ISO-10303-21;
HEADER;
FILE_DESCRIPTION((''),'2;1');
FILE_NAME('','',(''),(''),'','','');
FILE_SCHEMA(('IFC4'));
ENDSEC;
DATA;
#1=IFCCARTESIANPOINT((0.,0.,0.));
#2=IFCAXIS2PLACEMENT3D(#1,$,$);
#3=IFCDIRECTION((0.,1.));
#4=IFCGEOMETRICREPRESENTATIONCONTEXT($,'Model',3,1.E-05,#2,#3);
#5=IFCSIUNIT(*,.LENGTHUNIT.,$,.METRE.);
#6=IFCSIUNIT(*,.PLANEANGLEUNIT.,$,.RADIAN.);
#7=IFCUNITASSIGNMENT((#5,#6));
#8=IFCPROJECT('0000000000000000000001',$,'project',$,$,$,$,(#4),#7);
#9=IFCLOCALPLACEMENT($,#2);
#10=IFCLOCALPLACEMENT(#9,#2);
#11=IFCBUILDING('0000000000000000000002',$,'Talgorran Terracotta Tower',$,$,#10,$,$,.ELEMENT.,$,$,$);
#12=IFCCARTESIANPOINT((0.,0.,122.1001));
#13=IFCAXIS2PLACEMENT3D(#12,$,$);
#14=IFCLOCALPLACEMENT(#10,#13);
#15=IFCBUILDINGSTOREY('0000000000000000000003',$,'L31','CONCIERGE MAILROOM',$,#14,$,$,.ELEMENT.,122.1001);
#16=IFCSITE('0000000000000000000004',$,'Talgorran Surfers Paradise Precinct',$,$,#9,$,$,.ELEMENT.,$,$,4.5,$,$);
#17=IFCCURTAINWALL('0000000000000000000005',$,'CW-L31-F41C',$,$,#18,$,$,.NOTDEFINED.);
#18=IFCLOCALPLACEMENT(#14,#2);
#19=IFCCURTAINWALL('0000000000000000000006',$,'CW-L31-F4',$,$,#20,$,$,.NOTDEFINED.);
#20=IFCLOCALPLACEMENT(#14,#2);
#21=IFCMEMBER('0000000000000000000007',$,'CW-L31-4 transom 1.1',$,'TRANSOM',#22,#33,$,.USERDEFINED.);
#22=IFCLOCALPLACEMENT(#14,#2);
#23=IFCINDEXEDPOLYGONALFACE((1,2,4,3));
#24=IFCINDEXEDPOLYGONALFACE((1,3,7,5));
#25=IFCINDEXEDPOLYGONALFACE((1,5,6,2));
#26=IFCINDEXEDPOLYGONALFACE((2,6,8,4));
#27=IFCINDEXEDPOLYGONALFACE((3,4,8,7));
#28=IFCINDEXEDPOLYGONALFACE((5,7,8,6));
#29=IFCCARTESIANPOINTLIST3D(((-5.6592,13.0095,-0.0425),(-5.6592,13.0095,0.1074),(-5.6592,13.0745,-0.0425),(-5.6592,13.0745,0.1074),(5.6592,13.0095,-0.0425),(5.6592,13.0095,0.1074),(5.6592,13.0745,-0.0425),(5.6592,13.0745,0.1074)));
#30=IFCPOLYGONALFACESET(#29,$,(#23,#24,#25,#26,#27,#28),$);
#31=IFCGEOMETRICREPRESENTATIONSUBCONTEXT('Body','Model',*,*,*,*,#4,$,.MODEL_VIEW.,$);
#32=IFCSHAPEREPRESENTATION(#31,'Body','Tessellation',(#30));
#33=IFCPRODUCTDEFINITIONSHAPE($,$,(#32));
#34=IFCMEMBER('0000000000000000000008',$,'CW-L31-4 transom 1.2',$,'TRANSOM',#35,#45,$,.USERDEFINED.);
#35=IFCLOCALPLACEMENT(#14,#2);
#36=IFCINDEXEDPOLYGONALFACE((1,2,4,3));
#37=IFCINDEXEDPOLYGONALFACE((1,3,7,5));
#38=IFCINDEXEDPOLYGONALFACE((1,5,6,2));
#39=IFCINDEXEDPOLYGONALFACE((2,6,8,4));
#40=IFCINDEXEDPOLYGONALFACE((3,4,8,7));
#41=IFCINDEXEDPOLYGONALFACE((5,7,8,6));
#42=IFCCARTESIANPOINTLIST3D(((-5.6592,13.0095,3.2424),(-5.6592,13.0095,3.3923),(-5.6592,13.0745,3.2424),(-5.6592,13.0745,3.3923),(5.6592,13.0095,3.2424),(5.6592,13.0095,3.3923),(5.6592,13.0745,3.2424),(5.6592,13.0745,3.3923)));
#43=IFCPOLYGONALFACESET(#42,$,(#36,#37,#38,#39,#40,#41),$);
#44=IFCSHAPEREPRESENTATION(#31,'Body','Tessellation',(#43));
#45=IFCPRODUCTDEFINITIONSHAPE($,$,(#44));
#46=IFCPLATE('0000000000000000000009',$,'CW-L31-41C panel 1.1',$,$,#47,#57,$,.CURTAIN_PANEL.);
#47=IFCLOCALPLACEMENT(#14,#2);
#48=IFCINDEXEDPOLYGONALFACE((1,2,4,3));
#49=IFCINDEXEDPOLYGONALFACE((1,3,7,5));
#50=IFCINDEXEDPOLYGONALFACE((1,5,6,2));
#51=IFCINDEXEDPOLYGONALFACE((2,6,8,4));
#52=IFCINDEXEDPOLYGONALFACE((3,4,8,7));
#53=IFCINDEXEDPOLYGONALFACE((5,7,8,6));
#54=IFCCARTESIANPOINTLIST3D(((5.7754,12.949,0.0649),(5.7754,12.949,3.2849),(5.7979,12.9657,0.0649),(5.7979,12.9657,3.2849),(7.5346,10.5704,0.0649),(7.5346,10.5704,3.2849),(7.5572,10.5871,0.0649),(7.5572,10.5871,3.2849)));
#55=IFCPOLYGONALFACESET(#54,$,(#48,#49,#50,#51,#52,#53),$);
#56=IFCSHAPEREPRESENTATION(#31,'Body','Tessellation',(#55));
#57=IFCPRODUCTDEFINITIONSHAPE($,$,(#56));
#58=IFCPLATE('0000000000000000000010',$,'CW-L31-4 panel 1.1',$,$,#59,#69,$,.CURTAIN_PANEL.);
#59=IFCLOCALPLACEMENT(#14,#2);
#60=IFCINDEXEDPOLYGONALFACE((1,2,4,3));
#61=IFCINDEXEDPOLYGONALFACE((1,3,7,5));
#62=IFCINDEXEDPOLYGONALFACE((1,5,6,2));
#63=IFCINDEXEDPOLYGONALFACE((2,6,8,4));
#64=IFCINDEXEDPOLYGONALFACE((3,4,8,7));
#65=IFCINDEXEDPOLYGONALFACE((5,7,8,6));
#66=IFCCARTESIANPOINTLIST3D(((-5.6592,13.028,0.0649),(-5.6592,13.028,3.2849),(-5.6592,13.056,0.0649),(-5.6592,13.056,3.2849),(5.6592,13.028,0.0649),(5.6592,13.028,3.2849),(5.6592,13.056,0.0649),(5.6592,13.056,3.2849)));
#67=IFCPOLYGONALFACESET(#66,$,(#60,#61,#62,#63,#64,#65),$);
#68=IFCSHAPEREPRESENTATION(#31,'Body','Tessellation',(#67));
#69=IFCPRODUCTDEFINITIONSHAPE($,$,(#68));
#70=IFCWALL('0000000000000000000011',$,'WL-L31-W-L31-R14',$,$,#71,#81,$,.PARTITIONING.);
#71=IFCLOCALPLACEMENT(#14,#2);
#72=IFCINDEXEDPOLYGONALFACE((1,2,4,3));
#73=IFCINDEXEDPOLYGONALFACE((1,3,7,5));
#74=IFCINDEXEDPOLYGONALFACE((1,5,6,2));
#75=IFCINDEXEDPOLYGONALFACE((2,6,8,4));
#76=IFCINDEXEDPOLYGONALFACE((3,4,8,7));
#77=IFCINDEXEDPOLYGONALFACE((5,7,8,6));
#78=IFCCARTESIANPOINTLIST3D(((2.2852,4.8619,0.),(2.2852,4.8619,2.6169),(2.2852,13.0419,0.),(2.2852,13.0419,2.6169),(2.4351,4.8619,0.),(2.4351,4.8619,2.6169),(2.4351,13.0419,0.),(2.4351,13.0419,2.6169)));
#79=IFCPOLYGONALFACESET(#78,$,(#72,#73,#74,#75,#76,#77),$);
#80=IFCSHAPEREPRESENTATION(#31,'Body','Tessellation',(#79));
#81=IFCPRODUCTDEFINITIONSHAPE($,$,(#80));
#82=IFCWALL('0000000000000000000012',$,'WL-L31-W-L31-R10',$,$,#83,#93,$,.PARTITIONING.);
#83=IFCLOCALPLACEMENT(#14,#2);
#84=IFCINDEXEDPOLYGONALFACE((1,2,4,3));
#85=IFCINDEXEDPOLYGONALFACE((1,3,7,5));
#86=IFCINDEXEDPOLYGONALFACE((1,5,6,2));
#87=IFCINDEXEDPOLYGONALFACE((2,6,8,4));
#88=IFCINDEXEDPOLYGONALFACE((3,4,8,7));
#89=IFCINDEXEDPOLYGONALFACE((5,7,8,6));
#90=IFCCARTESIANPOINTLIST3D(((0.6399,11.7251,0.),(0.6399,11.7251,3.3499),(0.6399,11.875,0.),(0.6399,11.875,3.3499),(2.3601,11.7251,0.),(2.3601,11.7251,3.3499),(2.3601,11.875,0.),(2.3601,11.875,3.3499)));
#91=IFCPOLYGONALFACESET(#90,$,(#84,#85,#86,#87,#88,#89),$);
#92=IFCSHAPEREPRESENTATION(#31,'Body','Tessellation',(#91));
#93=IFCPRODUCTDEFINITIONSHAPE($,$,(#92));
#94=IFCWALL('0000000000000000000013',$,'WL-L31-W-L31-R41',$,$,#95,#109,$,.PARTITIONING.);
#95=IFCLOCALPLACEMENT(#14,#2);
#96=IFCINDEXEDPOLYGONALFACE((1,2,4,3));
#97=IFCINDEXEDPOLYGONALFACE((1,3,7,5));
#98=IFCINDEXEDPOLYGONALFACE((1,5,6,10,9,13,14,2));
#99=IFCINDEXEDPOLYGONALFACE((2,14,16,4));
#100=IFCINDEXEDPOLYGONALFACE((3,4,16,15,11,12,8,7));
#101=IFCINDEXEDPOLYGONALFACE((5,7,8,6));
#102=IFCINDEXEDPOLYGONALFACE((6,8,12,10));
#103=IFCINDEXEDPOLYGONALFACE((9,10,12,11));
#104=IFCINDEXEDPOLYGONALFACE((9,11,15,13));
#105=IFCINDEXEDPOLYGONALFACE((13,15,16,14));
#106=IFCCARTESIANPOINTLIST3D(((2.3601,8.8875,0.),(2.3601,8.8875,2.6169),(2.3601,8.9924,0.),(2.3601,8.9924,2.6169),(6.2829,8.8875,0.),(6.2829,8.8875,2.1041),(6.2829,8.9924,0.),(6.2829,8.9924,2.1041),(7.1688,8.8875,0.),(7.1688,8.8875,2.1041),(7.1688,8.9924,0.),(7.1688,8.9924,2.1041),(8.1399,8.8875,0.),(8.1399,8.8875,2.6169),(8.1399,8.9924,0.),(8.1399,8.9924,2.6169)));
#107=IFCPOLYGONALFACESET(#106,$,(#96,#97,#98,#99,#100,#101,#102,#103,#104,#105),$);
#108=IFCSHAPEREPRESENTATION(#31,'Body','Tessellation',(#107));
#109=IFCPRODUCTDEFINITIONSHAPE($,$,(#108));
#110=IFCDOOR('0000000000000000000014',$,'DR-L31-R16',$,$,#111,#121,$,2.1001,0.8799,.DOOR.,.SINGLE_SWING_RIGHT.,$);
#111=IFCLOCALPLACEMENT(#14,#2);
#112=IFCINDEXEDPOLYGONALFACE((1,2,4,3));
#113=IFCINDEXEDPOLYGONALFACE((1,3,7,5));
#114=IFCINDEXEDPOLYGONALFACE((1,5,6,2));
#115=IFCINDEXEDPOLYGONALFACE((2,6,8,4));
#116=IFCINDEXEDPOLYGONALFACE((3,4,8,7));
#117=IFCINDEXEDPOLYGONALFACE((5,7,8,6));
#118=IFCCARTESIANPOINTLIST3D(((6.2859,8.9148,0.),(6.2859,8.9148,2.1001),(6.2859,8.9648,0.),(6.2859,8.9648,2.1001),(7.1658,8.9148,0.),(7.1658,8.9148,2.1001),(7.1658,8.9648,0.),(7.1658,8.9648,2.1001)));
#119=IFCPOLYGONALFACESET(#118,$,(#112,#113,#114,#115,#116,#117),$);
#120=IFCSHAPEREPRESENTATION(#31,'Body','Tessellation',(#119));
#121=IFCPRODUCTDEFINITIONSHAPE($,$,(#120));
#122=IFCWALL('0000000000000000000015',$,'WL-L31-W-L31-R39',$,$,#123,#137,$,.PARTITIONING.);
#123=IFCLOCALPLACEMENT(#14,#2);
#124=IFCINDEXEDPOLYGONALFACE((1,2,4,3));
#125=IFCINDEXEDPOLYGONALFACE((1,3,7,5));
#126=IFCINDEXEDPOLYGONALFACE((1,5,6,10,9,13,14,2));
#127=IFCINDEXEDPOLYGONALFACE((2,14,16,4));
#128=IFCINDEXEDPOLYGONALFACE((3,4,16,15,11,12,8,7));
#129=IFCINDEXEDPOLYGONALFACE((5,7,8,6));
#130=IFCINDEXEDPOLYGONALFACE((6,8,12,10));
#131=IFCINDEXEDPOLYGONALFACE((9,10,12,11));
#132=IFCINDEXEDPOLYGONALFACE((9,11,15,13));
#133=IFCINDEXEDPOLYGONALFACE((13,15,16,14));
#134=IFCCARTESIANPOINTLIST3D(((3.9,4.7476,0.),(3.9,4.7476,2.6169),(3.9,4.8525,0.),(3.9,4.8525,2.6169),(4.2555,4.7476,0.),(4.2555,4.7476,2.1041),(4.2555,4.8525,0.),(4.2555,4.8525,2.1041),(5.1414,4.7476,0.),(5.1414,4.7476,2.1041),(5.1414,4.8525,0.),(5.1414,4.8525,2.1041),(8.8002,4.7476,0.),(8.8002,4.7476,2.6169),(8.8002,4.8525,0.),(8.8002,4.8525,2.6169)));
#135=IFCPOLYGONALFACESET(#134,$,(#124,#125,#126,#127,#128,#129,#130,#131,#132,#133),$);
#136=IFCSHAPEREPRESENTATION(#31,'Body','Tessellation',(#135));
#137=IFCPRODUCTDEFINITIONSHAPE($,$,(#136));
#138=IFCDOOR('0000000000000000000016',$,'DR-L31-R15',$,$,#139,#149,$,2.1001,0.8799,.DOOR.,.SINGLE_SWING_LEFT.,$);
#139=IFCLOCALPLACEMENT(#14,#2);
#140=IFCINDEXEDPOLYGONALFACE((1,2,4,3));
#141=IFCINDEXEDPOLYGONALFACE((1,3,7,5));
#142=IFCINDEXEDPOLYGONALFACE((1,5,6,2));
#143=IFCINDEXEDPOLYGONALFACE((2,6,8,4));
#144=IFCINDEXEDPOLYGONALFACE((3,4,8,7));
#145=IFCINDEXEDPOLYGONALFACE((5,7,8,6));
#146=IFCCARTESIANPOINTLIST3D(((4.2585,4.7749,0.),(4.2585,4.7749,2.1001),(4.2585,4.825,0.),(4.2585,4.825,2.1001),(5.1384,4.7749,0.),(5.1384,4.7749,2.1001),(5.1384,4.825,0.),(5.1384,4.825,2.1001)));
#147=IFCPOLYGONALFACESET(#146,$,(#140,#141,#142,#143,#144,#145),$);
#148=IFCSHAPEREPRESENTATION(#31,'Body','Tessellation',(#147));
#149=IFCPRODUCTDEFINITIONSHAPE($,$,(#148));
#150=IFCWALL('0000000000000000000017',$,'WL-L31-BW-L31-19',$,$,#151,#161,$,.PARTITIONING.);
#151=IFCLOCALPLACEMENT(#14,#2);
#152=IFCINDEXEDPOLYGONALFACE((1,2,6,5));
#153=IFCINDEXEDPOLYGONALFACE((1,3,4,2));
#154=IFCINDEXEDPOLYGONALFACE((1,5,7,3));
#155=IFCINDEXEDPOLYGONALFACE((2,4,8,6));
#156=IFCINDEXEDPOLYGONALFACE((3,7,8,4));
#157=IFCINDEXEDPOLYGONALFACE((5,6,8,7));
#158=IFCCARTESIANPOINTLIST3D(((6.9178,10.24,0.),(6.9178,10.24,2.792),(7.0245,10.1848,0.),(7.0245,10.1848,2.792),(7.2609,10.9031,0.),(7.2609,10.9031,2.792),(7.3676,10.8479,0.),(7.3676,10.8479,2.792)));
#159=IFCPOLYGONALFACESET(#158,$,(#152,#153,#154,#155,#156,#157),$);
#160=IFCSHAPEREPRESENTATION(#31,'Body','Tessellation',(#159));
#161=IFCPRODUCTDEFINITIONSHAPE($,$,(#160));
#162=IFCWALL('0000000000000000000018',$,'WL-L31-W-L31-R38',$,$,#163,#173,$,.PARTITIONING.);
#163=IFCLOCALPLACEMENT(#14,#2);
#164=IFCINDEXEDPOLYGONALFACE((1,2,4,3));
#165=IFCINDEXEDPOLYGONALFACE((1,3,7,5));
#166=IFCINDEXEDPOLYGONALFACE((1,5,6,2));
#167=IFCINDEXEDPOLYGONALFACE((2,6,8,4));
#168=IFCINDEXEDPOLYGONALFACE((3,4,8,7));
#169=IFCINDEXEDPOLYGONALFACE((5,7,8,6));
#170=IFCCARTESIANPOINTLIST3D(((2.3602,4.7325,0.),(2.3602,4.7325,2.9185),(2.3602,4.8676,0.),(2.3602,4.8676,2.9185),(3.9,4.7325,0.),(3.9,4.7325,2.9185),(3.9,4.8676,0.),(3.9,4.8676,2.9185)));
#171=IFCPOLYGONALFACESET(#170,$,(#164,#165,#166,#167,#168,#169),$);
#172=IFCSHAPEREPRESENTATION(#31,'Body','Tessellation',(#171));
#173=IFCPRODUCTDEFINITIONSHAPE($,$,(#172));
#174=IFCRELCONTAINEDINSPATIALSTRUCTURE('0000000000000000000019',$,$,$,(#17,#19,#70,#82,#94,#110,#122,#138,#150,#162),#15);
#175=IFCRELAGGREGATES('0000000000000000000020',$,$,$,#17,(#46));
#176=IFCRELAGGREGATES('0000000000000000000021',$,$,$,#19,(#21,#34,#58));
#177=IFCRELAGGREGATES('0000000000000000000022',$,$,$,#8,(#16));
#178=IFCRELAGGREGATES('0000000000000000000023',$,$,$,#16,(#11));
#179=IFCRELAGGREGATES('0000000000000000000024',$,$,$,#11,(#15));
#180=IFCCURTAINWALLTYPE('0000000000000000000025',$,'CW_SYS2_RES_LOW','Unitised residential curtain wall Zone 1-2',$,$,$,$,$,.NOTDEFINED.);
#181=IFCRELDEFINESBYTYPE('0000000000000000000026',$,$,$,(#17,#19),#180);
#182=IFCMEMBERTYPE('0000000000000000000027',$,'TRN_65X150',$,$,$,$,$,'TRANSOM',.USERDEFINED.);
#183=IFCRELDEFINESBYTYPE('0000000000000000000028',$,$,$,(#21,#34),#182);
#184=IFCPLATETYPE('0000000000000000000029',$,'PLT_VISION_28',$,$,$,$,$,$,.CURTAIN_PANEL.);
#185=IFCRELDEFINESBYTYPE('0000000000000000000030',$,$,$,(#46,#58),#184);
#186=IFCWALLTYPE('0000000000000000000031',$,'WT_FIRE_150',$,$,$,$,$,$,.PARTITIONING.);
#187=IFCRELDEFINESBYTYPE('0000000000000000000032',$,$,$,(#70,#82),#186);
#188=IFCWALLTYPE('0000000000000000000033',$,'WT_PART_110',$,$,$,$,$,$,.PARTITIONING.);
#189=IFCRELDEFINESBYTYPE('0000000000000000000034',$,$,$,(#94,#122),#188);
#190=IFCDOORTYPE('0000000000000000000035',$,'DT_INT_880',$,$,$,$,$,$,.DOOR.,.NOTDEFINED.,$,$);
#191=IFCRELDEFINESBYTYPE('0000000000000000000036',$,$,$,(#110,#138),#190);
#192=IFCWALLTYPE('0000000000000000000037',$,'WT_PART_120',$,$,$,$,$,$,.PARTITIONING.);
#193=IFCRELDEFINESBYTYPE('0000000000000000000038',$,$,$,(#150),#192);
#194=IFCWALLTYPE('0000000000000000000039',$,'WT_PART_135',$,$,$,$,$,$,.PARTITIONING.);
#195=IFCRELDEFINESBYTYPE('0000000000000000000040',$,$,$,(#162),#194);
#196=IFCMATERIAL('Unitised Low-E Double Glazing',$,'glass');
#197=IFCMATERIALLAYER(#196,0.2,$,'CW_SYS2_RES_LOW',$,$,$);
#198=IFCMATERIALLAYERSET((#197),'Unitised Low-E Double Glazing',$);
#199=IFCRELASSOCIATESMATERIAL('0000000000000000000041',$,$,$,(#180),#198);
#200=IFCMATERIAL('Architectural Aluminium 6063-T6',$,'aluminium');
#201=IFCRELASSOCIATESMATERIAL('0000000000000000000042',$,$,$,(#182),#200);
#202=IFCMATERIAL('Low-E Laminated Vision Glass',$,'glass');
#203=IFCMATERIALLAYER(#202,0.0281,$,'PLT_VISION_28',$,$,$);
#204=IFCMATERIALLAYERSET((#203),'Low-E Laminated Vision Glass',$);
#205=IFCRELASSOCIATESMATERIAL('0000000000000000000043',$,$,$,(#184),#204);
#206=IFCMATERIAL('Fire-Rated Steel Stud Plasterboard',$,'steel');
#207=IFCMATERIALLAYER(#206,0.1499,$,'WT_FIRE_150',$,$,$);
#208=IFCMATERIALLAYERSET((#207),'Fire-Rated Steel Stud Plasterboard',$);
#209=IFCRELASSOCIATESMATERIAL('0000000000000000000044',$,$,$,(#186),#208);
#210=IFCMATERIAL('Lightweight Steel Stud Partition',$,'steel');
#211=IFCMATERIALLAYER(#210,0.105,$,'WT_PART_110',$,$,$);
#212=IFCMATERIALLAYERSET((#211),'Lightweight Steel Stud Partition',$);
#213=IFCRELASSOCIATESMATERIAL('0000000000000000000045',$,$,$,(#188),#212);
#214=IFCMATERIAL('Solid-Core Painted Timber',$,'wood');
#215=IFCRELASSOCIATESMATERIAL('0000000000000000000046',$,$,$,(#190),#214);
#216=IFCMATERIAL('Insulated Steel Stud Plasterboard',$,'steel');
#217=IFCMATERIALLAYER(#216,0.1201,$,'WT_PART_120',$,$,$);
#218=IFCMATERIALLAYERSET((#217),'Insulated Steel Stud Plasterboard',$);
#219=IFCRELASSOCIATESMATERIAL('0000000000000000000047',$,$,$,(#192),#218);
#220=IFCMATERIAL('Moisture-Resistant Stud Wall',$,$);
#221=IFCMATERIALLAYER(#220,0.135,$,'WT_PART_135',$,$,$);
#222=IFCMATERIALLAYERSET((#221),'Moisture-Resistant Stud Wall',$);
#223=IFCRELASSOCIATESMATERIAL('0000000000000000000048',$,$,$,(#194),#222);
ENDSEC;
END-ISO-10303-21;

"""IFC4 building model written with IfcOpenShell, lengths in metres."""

from ifc_helpers import new_model, si_unit, direction, frame, frame_2d, origin, origin_2d, place, context, subcontext, project, spatial, rectangle, extrude, source, transform, mapped, material, layer, layer_set, material_profile, profile_set, type_object, type_shapes, element, fill, aggregate, save


model = new_model("IFC4")

# Units and contexts
model_context = context("Model", 3, precision=1e-05, world=origin(), true_north=direction((0.0, 1.0)))
body_context = subcontext(model_context, "Body", "Model", "MODEL_VIEW")
ifc_project = project(units=[si_unit("LENGTHUNIT", "METRE"), si_unit("PLANEANGLEUNIT", "RADIAN")], contexts=[model_context])

# Site, building, storey
site_placement = place(None, origin())
site = spatial("IfcSite", under=ifc_project, at=site_placement, Name="Talgorran Surfers Paradise Precinct", CompositionType="ELEMENT", RefElevation=4.5)
building_placement = place(site_placement, origin())
building = spatial("IfcBuilding", under=site, at=building_placement, Name="Talgorran Terracotta Tower", CompositionType="ELEMENT")
storey_placement = place(building_placement, frame((0.0, 0.0, 122.1001)))
storey = spatial("IfcBuildingStorey", under=building, at=storey_placement, Name="L31", Description="CONCIERGE MAILROOM", CompositionType="ELEMENT", Elevation=122.1001)

# Curtain wall
ifc_material_1 = material(Name="Unitised Low-E Double Glazing", Category="glass")
ifc_layer_1 = layer(ifc_material_1, 0.2, Name="CW_SYS2_RES_LOW")
ifc_layer_set_1 = layer_set([ifc_layer_1], Name="Unitised Low-E Double Glazing")
curtain_wall_type = type_object("IfcCurtainWallType", Name="CW_SYS2_RES_LOW", Description="Unitised residential curtain wall Zone 1-2", PredefinedType="NOTDEFINED", material=ifc_layer_set_1)
curtain_wall_1_placement = place(storey_placement, origin())
curtain_wall_1 = element("IfcCurtainWall", 1, at=curtain_wall_1_placement, inside=storey, type_object=curtain_wall_type, Name="CW-L31-F41C", PredefinedType="NOTDEFINED")
ifc_material_2 = material(Name="Architectural Aluminium 6063-T6", Category="aluminium")

# Curtain wall, members
curtain_wall_2_placement = place(storey_placement, origin())
curtain_wall_2 = element("IfcCurtainWall", 2, at=curtain_wall_2_placement, inside=storey, type_object=curtain_wall_type, Name="CW-L31-F4", PredefinedType="NOTDEFINED")
ifc_material_profile_1 = material_profile(ifc_material_2, rectangle(XDim=0.0649, YDim=0.1499, at=origin_2d()), Name="CWT65X150")
ifc_profile_set_1 = profile_set([ifc_material_profile_1], Name="Architectural Aluminium 6063-T6")
member_type_1 = type_object("IfcMemberType", Name="TRN_65X150", ElementType="TRANSOM", PredefinedType="USERDEFINED", material=ifc_profile_set_1)
member_1_placement = place(storey_placement, frame((5.6592, 13.042, 0.0325), z_axis=(-1.0, 0.0, 0.0), x_axis=(0.0, -1.0, 0.0)))
member_1 = element("IfcMember", 3, at=member_1_placement, type_object=member_type_1, Name="CW-L31-4 transom 1.1", ObjectType="TRANSOM", PredefinedType="USERDEFINED", context=body_context, shape_type="SweptSolid", body=[
    extrude(rectangle(XDim=0.0649, YDim=0.1499, at=origin_2d()), origin(), (0.0, 0.0, 1.0), 11.3184),
])
member_2_placement = place(storey_placement, frame((5.6592, 13.042, 3.3174), z_axis=(-1.0, 0.0, 0.0), x_axis=(0.0, -1.0, 0.0)))
member_2 = element("IfcMember", 4, at=member_2_placement, type_object=member_type_1, Name="CW-L31-4 transom 1.2", ObjectType="TRANSOM", PredefinedType="USERDEFINED", context=body_context, shape_type="SweptSolid", body=[
    extrude(rectangle(XDim=0.0649, YDim=0.1499, at=origin_2d()), origin(), (0.0, 0.0, 1.0), 11.3184),
])

# Plates
ifc_material_3 = material(Name="Low-E Laminated Vision Glass", Category="glass")
ifc_layer_2 = layer(ifc_material_3, 0.0281, Name="PLT_VISION_28")
ifc_layer_set_2 = layer_set([ifc_layer_2], Name="Low-E Laminated Vision Glass")
plate_type = type_object("IfcPlateType", Name="PLT_VISION_28", PredefinedType="CURTAIN_PANEL", material=ifc_layer_set_2)
shared_shape_1 = source(origin(), body_context, "Body", "SweptSolid", [
    extrude(rectangle(XDim=2.9585, YDim=0.0281, at=origin_2d()), origin(), (0.0, 0.0, 1.0), 3.22),
])
plate_1_placement = place(storey_placement, frame((6.6663, 11.7681, 0.0649), z_axis=(0.0, 0.0, 1.0), x_axis=(-0.59464, 0.803992, 0.0)))
plate_1 = element("IfcPlate", 5, at=plate_1_placement, type_object=plate_type, Name="CW-L31-41C panel 1.1", PredefinedType="CURTAIN_PANEL", context=body_context, shape_type="MappedRepresentation", body=[
    mapped(shared_shape_1, transform((0.0, 0.0, 0.0), scale=1.0)),
])
aggregate(curtain_wall_1, [plate_1])
shared_shape_2 = source(origin(), body_context, "Body", "SweptSolid", [
    extrude(rectangle(XDim=11.3184, YDim=0.0281, at=origin_2d()), origin(), (0.0, 0.0, 1.0), 3.22),
])
type_shapes(plate_type, [shared_shape_1, shared_shape_2])
plate_2_placement = place(storey_placement, frame((0.0, 13.042, 0.0649), z_axis=(0.0, 0.0, 1.0), x_axis=(-1.0, 0.0, 0.0)))
plate_2 = element("IfcPlate", 6, at=plate_2_placement, type_object=plate_type, Name="CW-L31-4 panel 1.1", PredefinedType="CURTAIN_PANEL", context=body_context, shape_type="MappedRepresentation", body=[
    mapped(shared_shape_2, transform((0.0, 0.0, 0.0), scale=1.0)),
])
aggregate(curtain_wall_2, [member_1, member_2, plate_2])

# Walls
ifc_material_4 = material(Name="Fire-Rated Steel Stud Plasterboard", Category="steel")
ifc_layer_3 = layer(ifc_material_4, 0.1499, Name="WT_FIRE_150")
ifc_layer_set_3 = layer_set([ifc_layer_3], Name="Fire-Rated Steel Stud Plasterboard")
wall_type_1 = type_object("IfcWallType", Name="WT_FIRE_150", PredefinedType="PARTITIONING", material=ifc_layer_set_3)
wall_1_placement = place(storey_placement, frame((2.3601, 4.8621, 0.0), z_axis=(0.0, 0.0, 1.0), x_axis=(0.0, 1.0, 0.0)))
element("IfcWall", 7, at=wall_1_placement, inside=storey, type_object=wall_type_1, Name="WL-L31-W-L31-R14", PredefinedType="PARTITIONING", context=body_context, shape_type="SweptSolid", body=[
    extrude(rectangle(XDim=8.1799, YDim=0.1499, at=frame_2d((4.0898, 0.0))), origin(), (0.0, 0.0, 1.0), 2.6169),
])
wall_2_placement = place(storey_placement, frame((0.6399, 11.8, 0.0), z_axis=(0.0, 0.0, 1.0), x_axis=(1.0, 0.0, 0.0)))
element("IfcWall", 8, at=wall_2_placement, inside=storey, type_object=wall_type_1, Name="WL-L31-W-L31-R10", PredefinedType="PARTITIONING", context=body_context, shape_type="SweptSolid", body=[
    extrude(rectangle(XDim=1.7202, YDim=0.1499, at=frame_2d((0.8601, 0.0))), origin(), (0.0, 0.0, 1.0), 3.3499),
])

# Walls, openings, doors
ifc_material_5 = material(Name="Lightweight Steel Stud Partition", Category="steel")
ifc_layer_4 = layer(ifc_material_5, 0.105, Name="WT_PART_110")
ifc_layer_set_4 = layer_set([ifc_layer_4], Name="Lightweight Steel Stud Partition")
wall_type_2 = type_object("IfcWallType", Name="WT_PART_110", PredefinedType="PARTITIONING", material=ifc_layer_set_4)
wall_3_placement = place(storey_placement, frame((2.3601, 8.9399, 0.0), z_axis=(0.0, 0.0, 1.0), x_axis=(1.0, 0.0, 0.0)))
wall_3 = element("IfcWall", 9, at=wall_3_placement, inside=storey, type_object=wall_type_2, Name="WL-L31-W-L31-R41", PredefinedType="PARTITIONING", context=body_context, shape_type="SweptSolid", body=[
    extrude(rectangle(XDim=5.7798, YDim=0.105, at=frame_2d((2.8899, 0.0))), origin(), (0.0, 0.0, 1.0), 2.6169),
])
opening_1_placement = place(wall_3_placement, frame((3.9258, 0.0, 0.0)))
opening_1 = element("IfcOpeningElement", 10, at=opening_1_placement, cuts=wall_3, PredefinedType="OPENING", context=body_context, shape_type="SweptSolid", body=[
    extrude(rectangle(XDim=0.8859, YDim=2.1041, at=frame_2d((0.4399, 1.052))), frame((0.0, 0.0625, 0.0), z_axis=(0.0, -1.0, 0.0), x_axis=(1.0, 0.0, 0.0)), (0.0, 0.0, 1.0), 0.125),
])
ifc_material_6 = material(Name="Solid-Core Painted Timber", Category="wood")
door_type = type_object("IfcDoorType", Name="DT_INT_880", OperationType="NOTDEFINED", PredefinedType="DOOR", material=ifc_material_6)
door_1_placement = place(opening_1_placement, origin())
door_1 = element("IfcDoor", 11, at=door_1_placement, inside=storey, type_object=door_type, Name="DR-L31-R16", OperationType="SINGLE_SWING_RIGHT", OverallHeight=2.1001, OverallWidth=0.8799, PredefinedType="DOOR", context=body_context, shape_type="SweptSolid", body=[
    extrude(rectangle(XDim=0.8799, YDim=2.1001, at=frame_2d((0.4399, 1.05))), frame((0.0, 0.0249, 0.0), z_axis=(0.0, -1.0, 0.0), x_axis=(1.0, 0.0, 0.0)), (0.0, 0.0, 1.0), 0.05),
])
fill(opening_1, door_1)
wall_4_placement = place(storey_placement, frame((3.8999, 4.8, 0.0), z_axis=(0.0, 0.0, 1.0), x_axis=(1.0, 0.0, 0.0)))
wall_4 = element("IfcWall", 12, at=wall_4_placement, inside=storey, type_object=wall_type_2, Name="WL-L31-W-L31-R39", PredefinedType="PARTITIONING", context=body_context, shape_type="SweptSolid", body=[
    extrude(rectangle(XDim=4.9001, YDim=0.105, at=frame_2d((2.4502, 0.0))), origin(), (0.0, 0.0, 1.0), 2.6169),
])
opening_2_placement = place(wall_4_placement, frame((0.3586, 0.0, 0.0)))
opening_2 = element("IfcOpeningElement", 13, at=opening_2_placement, cuts=wall_4, PredefinedType="OPENING", context=body_context, shape_type="SweptSolid", body=[
    extrude(rectangle(XDim=0.8859, YDim=2.1041, at=frame_2d((0.4399, 1.052))), frame((0.0, 0.0625, 0.0), z_axis=(0.0, -1.0, 0.0), x_axis=(1.0, 0.0, 0.0)), (0.0, 0.0, 1.0), 0.125),
])
door_2_placement = place(opening_2_placement, origin())
door_2 = element("IfcDoor", 14, at=door_2_placement, inside=storey, type_object=door_type, Name="DR-L31-R15", OperationType="SINGLE_SWING_LEFT", OverallHeight=2.1001, OverallWidth=0.8799, PredefinedType="DOOR", context=body_context, shape_type="SweptSolid", body=[
    extrude(rectangle(XDim=0.8799, YDim=2.1001, at=frame_2d((0.4399, 1.05))), frame((0.0, 0.0249, 0.0), z_axis=(0.0, -1.0, 0.0), x_axis=(1.0, 0.0, 0.0)), (0.0, 0.0, 1.0), 0.05),
])
fill(opening_2, door_2)

# Walls
ifc_material_7 = material(Name="Insulated Steel Stud Plasterboard", Category="steel")
ifc_layer_5 = layer(ifc_material_7, 0.1201, Name="WT_PART_120")
ifc_layer_set_5 = layer_set([ifc_layer_5], Name="Insulated Steel Stud Plasterboard")
wall_type_3 = type_object("IfcWallType", Name="WT_PART_120", PredefinedType="PARTITIONING", material=ifc_layer_set_5)
wall_5_placement = place(storey_placement, frame((6.9712, 10.2124, 0.0), z_axis=(0.0, 0.0, 1.0), x_axis=(0.459467, 0.888195, 0.0)))
element("IfcWall", 15, at=wall_5_placement, inside=storey, type_object=wall_type_3, Name="WL-L31-BW-L31-19", PredefinedType="PARTITIONING", context=body_context, shape_type="SweptSolid", body=[
    extrude(rectangle(XDim=0.7466, YDim=0.1201, at=frame_2d((0.3733, 0.0))), origin(), (0.0, 0.0, 1.0), 2.792),
])
ifc_material_8 = material(Name="Moisture-Resistant Stud Wall")
ifc_layer_6 = layer(ifc_material_8, 0.135, Name="WT_PART_135")
ifc_layer_set_6 = layer_set([ifc_layer_6], Name="Moisture-Resistant Stud Wall")
wall_type_4 = type_object("IfcWallType", Name="WT_PART_135", PredefinedType="PARTITIONING", material=ifc_layer_set_6)
wall_6_placement = place(storey_placement, frame((2.3601, 4.8, 0.0), z_axis=(0.0, 0.0, 1.0), x_axis=(1.0, 0.0, 0.0)))
element("IfcWall", 16, at=wall_6_placement, inside=storey, type_object=wall_type_4, Name="WL-L31-W-L31-R38", PredefinedType="PARTITIONING", context=body_context, shape_type="SweptSolid", body=[
    extrude(rectangle(XDim=1.5398, YDim=0.135, at=frame_2d((0.77, 0.0))), origin(), (0.0, 0.0, 1.0), 2.9185),
])

save(model, "model.ifc")
